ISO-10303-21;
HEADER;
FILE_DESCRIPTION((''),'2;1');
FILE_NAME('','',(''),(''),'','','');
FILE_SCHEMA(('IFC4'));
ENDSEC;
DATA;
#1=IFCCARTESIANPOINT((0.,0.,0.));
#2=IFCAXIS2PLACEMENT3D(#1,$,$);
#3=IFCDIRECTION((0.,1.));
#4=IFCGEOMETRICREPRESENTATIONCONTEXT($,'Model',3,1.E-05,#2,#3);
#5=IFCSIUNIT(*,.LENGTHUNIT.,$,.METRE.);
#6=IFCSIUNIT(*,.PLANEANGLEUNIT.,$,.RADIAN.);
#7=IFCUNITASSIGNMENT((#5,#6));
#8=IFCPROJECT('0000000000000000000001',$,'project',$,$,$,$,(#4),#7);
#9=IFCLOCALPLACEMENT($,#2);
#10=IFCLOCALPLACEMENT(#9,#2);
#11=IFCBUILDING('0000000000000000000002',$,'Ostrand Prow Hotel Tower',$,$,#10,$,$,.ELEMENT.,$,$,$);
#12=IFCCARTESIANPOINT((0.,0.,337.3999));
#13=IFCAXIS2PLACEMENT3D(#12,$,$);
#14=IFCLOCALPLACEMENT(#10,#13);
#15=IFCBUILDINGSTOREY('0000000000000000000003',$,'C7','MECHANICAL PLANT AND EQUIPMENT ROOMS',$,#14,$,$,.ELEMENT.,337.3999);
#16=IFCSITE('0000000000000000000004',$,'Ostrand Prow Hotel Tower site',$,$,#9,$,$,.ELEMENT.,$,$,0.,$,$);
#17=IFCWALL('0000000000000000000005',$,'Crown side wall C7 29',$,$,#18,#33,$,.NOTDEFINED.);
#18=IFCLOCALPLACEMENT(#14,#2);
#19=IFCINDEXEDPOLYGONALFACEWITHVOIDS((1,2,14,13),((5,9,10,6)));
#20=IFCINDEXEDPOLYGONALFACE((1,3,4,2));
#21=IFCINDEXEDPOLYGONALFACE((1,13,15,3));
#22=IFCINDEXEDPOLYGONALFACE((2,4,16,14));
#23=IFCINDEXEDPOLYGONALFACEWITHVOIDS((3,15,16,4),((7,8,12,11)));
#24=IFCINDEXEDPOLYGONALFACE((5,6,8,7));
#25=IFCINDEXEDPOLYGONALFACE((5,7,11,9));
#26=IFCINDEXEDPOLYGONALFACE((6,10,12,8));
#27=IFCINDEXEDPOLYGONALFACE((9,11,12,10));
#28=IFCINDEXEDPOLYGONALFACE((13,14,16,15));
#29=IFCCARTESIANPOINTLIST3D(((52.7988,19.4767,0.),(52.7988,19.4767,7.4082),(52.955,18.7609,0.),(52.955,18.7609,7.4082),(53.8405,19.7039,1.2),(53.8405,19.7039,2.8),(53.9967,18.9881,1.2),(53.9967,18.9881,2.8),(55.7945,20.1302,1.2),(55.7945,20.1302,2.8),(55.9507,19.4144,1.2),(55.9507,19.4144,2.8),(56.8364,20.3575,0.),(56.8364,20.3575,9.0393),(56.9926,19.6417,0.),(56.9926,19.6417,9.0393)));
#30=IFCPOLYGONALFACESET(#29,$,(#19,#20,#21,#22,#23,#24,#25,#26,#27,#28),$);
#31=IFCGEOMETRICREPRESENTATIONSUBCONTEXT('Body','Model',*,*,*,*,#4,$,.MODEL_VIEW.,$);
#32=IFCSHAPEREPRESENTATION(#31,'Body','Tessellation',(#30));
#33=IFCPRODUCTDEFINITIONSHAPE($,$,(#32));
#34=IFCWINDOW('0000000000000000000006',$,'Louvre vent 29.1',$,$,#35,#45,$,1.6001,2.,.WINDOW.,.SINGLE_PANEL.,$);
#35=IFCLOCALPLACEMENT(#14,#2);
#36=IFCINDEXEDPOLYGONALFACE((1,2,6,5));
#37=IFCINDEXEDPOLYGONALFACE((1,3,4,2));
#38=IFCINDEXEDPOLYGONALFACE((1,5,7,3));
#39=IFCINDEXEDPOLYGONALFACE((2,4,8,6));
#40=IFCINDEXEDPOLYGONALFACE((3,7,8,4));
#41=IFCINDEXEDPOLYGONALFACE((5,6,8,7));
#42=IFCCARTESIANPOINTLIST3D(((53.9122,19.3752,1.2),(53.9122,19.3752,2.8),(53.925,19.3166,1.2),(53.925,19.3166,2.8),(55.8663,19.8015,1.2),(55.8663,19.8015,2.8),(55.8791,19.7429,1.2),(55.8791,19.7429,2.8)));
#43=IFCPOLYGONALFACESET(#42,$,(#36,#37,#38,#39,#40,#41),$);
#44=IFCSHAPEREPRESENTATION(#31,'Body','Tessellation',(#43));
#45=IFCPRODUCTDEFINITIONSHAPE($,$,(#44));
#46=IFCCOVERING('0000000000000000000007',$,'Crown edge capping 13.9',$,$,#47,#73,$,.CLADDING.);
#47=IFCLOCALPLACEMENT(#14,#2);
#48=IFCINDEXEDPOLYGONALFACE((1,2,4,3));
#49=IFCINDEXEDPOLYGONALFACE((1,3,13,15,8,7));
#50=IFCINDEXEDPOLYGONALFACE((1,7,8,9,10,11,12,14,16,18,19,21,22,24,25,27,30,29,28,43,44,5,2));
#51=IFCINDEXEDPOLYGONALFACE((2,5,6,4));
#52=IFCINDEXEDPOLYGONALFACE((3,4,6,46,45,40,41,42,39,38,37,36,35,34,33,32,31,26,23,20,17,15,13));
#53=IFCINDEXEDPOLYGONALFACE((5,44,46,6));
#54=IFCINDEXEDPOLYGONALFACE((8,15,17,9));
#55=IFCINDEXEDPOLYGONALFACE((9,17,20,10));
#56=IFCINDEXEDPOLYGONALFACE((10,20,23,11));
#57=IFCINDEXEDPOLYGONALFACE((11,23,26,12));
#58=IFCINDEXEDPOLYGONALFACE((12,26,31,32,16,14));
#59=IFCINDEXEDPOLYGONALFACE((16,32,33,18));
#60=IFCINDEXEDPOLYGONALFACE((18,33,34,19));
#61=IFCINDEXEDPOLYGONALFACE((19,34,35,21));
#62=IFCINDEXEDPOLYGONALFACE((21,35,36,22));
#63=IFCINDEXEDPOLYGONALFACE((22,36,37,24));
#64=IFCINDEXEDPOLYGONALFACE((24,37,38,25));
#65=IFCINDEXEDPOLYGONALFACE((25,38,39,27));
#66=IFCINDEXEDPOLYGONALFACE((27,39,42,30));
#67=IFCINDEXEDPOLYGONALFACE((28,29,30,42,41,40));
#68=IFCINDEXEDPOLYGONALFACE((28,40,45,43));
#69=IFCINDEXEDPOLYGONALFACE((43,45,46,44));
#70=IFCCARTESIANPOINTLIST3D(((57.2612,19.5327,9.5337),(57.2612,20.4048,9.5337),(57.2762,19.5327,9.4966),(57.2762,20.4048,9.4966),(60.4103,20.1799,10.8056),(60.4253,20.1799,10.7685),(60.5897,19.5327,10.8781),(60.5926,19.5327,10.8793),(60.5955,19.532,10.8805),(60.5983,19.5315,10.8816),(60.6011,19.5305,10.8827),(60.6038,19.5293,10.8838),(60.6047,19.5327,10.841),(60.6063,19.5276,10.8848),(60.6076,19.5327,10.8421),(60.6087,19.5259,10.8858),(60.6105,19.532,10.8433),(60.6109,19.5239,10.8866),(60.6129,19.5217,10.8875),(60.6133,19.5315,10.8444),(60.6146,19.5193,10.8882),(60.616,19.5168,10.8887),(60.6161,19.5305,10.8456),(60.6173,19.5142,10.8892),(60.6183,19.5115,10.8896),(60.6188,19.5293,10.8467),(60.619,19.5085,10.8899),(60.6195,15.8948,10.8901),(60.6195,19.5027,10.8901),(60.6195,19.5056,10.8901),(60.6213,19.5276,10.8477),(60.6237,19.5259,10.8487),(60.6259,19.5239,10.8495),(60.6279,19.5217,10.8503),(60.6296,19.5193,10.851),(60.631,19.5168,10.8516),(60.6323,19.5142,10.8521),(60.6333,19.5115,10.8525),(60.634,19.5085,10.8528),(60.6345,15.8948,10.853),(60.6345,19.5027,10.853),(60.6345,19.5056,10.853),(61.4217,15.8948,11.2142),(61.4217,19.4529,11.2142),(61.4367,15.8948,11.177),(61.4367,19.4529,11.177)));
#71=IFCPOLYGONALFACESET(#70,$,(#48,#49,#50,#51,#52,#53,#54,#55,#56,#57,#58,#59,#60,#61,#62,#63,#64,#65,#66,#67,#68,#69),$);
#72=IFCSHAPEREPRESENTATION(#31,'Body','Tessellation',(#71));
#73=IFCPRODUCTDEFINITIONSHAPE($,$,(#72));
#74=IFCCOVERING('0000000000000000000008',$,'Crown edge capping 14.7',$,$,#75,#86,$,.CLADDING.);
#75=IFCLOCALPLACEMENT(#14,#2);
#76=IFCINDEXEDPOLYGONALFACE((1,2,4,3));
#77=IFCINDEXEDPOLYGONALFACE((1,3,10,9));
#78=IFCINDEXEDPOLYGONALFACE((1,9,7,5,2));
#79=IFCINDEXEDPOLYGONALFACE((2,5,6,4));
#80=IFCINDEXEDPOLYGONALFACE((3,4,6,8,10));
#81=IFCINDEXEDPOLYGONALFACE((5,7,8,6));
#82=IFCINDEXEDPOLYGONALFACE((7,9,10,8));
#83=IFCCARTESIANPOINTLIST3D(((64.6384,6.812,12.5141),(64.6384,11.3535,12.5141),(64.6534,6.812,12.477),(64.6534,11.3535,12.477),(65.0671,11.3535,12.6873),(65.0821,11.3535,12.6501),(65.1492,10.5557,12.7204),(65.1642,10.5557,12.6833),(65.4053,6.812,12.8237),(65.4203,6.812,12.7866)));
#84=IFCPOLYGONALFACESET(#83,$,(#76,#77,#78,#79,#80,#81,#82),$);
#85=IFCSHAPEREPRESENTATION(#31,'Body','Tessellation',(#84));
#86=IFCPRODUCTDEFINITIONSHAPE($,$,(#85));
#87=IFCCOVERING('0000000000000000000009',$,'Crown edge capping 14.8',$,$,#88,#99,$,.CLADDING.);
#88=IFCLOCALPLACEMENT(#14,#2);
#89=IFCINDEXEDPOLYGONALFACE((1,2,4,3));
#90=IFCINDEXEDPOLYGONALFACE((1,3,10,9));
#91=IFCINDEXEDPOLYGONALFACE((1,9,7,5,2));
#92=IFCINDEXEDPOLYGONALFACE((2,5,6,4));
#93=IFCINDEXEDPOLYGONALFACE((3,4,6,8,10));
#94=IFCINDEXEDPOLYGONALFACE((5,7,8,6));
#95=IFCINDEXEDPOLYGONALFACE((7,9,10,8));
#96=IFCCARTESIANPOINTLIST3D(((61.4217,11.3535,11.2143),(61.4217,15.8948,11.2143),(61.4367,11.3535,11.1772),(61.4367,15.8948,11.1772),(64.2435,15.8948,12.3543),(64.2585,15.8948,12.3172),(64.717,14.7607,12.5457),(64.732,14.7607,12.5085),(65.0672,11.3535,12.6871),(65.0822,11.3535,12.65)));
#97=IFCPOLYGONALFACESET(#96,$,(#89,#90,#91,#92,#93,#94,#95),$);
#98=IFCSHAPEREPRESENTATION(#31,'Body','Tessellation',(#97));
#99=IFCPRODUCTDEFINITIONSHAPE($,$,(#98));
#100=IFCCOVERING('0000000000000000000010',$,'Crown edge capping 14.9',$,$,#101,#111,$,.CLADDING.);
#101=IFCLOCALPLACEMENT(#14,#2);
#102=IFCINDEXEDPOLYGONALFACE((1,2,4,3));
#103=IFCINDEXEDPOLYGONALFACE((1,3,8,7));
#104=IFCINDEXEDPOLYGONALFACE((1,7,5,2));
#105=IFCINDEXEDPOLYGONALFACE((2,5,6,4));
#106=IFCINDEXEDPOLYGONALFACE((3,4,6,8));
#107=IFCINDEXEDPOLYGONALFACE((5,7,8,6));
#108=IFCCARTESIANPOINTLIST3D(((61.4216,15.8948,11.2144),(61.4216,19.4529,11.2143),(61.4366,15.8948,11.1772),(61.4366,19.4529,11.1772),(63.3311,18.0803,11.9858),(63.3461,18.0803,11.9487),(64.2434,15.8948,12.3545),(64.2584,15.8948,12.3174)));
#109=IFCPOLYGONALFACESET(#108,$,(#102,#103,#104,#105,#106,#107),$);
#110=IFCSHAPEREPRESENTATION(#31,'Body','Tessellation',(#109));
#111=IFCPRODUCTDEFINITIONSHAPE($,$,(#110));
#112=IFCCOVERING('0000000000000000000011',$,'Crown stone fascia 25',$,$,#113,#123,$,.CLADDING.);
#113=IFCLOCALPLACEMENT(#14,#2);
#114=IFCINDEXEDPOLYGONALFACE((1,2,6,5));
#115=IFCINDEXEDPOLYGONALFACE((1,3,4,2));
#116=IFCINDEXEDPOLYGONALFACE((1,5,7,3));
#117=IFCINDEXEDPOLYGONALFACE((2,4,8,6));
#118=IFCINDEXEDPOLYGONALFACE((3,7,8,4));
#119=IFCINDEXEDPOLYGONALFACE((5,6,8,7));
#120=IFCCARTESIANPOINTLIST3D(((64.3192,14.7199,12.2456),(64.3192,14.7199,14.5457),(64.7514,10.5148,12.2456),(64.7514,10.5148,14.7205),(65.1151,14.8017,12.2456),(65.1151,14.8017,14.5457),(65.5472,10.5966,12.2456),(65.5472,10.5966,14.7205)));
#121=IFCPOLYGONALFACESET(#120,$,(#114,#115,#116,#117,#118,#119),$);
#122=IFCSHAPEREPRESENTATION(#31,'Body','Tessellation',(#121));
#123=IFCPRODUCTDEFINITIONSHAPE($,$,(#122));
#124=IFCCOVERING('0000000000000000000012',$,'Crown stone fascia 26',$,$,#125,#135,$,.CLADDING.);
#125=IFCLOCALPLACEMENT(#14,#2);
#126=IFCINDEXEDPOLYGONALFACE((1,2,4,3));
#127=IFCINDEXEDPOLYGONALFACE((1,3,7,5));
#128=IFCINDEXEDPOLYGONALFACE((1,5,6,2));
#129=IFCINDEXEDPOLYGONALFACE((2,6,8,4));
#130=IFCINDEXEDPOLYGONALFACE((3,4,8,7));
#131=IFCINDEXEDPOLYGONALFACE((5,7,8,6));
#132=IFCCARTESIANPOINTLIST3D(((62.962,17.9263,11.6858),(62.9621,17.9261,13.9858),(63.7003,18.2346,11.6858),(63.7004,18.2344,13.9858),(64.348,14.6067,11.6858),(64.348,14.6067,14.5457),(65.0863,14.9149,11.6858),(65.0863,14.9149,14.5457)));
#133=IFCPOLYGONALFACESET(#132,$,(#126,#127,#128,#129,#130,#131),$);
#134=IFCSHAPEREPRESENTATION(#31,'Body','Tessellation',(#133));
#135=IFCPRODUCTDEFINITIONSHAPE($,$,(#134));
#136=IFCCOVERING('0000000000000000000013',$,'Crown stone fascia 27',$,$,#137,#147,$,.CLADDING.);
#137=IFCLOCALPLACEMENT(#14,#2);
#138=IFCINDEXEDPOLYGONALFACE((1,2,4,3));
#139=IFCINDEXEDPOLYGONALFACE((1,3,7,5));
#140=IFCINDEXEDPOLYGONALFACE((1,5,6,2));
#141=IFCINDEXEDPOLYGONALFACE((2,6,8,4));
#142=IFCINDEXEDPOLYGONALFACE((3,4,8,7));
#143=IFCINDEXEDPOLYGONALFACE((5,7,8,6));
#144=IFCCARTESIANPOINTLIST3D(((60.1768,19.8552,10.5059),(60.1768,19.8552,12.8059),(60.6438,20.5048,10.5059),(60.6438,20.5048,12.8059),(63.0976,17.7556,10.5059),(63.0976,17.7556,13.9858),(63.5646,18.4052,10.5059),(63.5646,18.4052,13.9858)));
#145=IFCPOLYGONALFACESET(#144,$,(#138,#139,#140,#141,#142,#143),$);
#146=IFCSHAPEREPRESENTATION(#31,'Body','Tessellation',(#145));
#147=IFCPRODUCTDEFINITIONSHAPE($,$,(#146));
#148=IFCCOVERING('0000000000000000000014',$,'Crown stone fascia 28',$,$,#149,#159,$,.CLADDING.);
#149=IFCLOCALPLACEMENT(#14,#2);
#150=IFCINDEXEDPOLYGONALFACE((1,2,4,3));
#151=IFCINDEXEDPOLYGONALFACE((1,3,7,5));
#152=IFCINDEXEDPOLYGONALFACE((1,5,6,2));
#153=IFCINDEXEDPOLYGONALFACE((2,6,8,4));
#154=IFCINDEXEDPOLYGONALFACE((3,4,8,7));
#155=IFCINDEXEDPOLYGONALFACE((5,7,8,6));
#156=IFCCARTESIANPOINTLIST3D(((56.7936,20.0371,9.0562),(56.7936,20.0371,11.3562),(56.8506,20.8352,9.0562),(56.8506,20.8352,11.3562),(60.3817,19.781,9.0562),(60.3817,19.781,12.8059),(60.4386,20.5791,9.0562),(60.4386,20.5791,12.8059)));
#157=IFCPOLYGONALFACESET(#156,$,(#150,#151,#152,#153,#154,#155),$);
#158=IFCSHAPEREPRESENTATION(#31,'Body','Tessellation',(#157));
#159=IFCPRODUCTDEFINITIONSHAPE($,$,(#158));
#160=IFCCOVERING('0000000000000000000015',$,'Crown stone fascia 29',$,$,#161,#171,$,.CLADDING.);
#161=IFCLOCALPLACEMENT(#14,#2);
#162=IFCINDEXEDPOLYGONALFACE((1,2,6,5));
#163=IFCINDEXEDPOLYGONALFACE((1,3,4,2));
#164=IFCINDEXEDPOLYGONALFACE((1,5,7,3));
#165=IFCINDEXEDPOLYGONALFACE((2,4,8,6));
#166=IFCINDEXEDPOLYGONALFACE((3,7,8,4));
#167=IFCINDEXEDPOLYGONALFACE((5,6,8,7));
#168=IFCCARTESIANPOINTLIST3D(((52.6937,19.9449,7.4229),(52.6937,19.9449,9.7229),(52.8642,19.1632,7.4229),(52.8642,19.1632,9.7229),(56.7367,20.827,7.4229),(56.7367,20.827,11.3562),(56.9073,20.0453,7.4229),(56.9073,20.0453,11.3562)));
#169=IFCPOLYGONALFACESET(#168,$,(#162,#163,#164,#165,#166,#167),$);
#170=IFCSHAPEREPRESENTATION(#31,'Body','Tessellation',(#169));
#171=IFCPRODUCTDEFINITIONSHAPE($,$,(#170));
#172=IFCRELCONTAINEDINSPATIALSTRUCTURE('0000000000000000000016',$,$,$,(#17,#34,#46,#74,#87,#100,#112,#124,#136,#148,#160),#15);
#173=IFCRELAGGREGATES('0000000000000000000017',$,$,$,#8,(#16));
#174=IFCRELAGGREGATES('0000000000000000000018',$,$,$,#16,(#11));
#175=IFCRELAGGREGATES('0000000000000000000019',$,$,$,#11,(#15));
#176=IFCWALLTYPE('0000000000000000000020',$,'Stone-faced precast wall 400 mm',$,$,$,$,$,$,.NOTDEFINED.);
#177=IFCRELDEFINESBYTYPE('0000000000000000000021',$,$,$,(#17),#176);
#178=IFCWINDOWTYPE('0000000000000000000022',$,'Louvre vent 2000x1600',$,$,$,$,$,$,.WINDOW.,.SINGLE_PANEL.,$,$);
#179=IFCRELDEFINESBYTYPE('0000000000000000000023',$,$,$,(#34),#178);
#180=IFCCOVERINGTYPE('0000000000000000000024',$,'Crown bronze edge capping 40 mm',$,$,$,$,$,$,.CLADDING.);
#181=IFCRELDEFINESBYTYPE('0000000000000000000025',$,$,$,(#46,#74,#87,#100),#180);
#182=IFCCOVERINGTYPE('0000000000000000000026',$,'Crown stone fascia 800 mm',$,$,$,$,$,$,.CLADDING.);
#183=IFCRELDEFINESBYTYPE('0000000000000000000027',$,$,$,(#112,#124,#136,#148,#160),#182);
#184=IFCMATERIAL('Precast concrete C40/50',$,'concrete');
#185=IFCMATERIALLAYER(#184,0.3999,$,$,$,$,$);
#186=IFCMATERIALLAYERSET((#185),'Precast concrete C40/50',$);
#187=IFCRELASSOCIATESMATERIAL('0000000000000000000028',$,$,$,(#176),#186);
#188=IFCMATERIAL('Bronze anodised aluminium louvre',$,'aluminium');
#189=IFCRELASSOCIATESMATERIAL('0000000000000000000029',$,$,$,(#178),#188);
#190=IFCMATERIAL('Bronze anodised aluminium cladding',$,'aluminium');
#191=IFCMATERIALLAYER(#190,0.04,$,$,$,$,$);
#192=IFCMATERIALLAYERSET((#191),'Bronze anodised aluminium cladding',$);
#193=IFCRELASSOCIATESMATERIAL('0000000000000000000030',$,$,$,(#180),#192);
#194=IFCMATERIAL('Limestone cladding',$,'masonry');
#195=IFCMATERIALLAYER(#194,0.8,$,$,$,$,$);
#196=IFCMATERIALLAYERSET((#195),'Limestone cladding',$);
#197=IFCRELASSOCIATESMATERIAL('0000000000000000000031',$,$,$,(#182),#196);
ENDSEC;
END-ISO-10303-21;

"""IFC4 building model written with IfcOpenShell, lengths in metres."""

from ifc_helpers import new_model, si_unit, direction, frame, frame_2d, origin, place, context, subcontext, project, spatial, polyline, rectangle, outline, extrude, material, layer, layer_set, type_object, element, fill, save


model = new_model("IFC4")

# Units and contexts
model_context = context("Model", 3, precision=1e-05, world=origin(), true_north=direction((0.0, 1.0)))
body_context = subcontext(model_context, "Body", "Model", "MODEL_VIEW")
ifc_project = project(units=[si_unit("LENGTHUNIT", "METRE"), si_unit("PLANEANGLEUNIT", "RADIAN")], contexts=[model_context])

# Site, building, storey
site_placement = place(None, origin())
site = spatial("IfcSite", under=ifc_project, at=site_placement, Name="Ostrand Prow Hotel Tower site", CompositionType="ELEMENT", RefElevation=0.0)
building_placement = place(site_placement, origin())
building = spatial("IfcBuilding", under=site, at=building_placement, Name="Ostrand Prow Hotel Tower", CompositionType="ELEMENT")
storey_placement = place(building_placement, frame((0.0, 0.0, 337.3999)))
storey = spatial("IfcBuildingStorey", under=building, at=storey_placement, Name="C7", Description="MECHANICAL PLANT AND EQUIPMENT ROOMS", CompositionType="ELEMENT", Elevation=337.3999)

# Shared definitions
ifc_material_1 = material(Name="Precast concrete C40/50", Category="concrete")
ifc_layer_1 = layer(ifc_material_1, 0.3999)
ifc_layer_set_1 = layer_set([ifc_layer_1], Name="Precast concrete C40/50")
wall_type_1 = type_object("IfcWallType", Name="Stone-faced precast wall 400 mm", PredefinedType="NOTDEFINED", material=ifc_layer_set_1)

# Wall, opening, window
wall_1_placement = place(storey_placement, frame((56.9146, 19.9995, 0.0), z_axis=(0.0, 0.0, 1.0), x_axis=(-0.977019, -0.213151, 0.0)))
wall_1 = element("IfcWall", 1, at=wall_1_placement, inside=storey, type_object=wall_type_1, Name="Crown side wall C7 29", PredefinedType="NOTDEFINED", context=body_context, shape_type="SweptSolid", body=[
    extrude(outline(polyline([(0.0, 0.0), (4.1326, 0.0), (4.1326, 7.4082), (0.0, 9.0393), (0.0, 0.0)])), frame((0.0, 0.3662, 0.0), z_axis=(0.0, -1.0, 0.0), x_axis=(1.0, 0.0, 0.0)), (0.0, 0.0, 1.0), 0.7327),
])
opening_placement = place(wall_1_placement, frame((1.0664, 0.0, 1.2)))
opening = element("IfcOpeningElement", 2, at=opening_placement, cuts=wall_1, PredefinedType="OPENING", context=body_context, shape_type="SweptSolid", body=[
    extrude(rectangle(XDim=2.0, YDim=1.6001, at=frame_2d((1.0, 0.8))), frame((0.0, 0.3762, 0.0), z_axis=(0.0, -1.0, 0.0), x_axis=(1.0, 0.0, 0.0)), (0.0, 0.0, 1.0), 0.7527),
])
ifc_material_2 = material(Name="Bronze anodised aluminium louvre", Category="aluminium")
window_type = type_object("IfcWindowType", Name="Louvre vent 2000x1600", PartitioningType="SINGLE_PANEL", PredefinedType="WINDOW", material=ifc_material_2)
window_placement = place(opening_placement, origin())
window = element("IfcWindow", 3, at=window_placement, inside=storey, type_object=window_type, Name="Louvre vent 29.1", OverallHeight=1.6001, OverallWidth=2.0, PartitioningType="SINGLE_PANEL", PredefinedType="WINDOW", context=body_context, shape_type="SweptSolid", body=[
    extrude(rectangle(XDim=2.0, YDim=1.6001, at=frame_2d((1.0, 0.8))), frame((0.0, 0.03, 0.0), z_axis=(0.0, -1.0, 0.0), x_axis=(1.0, 0.0, 0.0)), (0.0, 0.0, 1.0), 0.0601),
])
fill(opening, window)

# Coverings
ifc_material_3 = material(Name="Bronze anodised aluminium cladding", Category="aluminium")
ifc_layer_2 = layer(ifc_material_3, 0.04)
ifc_layer_set_2 = layer_set([ifc_layer_2], Name="Bronze anodised aluminium cladding")
covering_type_1 = type_object("IfcCoveringType", Name="Crown bronze edge capping 40 mm", PredefinedType="CLADDING", material=ifc_layer_set_2)
covering_1_placement = place(storey_placement, frame((57.2612, 20.4048, 9.5337), z_axis=(-0.374515, 0.000002, 0.927221), x_axis=(-0.000001, -1.0, 0.000002)))
element("IfcCovering", 4, at=covering_1_placement, inside=storey, type_object=covering_type_1, Name="Crown edge capping 13.9", PredefinedType="CLADDING", context=body_context, shape_type="SweptSolid", body=[
    extrude(outline(polyline([(0.0, 0.0), (0.8721, 0.0), (0.8721, 3.5898), (0.8721, 3.5928), (0.8728, 3.596), (0.8733, 3.599), (0.8743, 3.602), (0.8755, 3.605), (0.8772, 3.6076), (0.8789, 3.6102), (0.8809, 3.6126), (0.8831, 3.6147), (0.8855, 3.6166), (0.8879, 3.6181), (0.8906, 3.6194), (0.8933, 3.6205), (0.8962, 3.6213), (0.8992, 3.6219), (0.9021, 3.6219), (4.51, 3.6219), (4.51, 4.487), (0.9519, 4.487), (0.2249, 3.3962), (0.0, 0.0)])), origin(), (0.0, 0.0, -1.0), 0.04),
])
covering_2_placement = place(storey_placement, frame((65.0671, 11.3535, 12.6873), z_axis=(-0.37442, -0.000009, 0.927259), x_axis=(-0.927259, 0.0, -0.37442)))
element("IfcCovering", 5, at=covering_2_placement, inside=storey, type_object=covering_type_1, Name="Crown edge capping 14.7", PredefinedType="CLADDING", context=body_context, shape_type="SweptSolid", body=[
    extrude(outline(polyline([(0.0, 0.0), (0.4623, 0.0), (0.4623, 4.5415), (-0.3646, 4.5415), (-0.0885, 0.7979), (0.0, 0.0)])), origin(), (0.0, 0.0, -1.0), 0.04),
])
covering_3_placement = place(storey_placement, frame((64.717, 14.7607, 12.5457), z_axis=(-0.374594, -0.000001, 0.927189), x_axis=(-0.380759, 0.911789, -0.15383)))
element("IfcCovering", 6, at=covering_3_placement, inside=storey, type_object=covering_type_1, Name="Crown edge capping 14.8", PredefinedType="CLADDING", context=body_context, shape_type="SweptSolid", body=[
    extrude(outline(polyline([(0.0, 0.0), (1.2437, 0.0), (2.4935, 2.7749), (-1.6471, 4.6399), (-3.2618, 1.0549), (0.0, 0.0)])), origin(), (0.0, 0.0, -1.0), 0.04),
])
covering_4_placement = place(storey_placement, frame((63.3311, 18.0803, 11.9858), z_axis=(-0.374621, 0.000003, 0.927178), x_axis=(-0.771522, 0.554597, -0.311731)))
element("IfcCovering", 7, at=covering_4_placement, inside=storey, type_object=covering_type_1, Name="Crown edge capping 14.9", PredefinedType="CLADDING", context=body_context, shape_type="SweptSolid", body=[
    extrude(outline(polyline([(0.0, 0.0), (2.4749, 0.0), (0.5016, 2.9608), (-2.0309, 1.2729), (0.0, 0.0)])), origin(), (0.0, 0.0, -1.0), 0.04),
])
ifc_material_4 = material(Name="Limestone cladding", Category="masonry")
ifc_layer_3 = layer(ifc_material_4, 0.8)
ifc_layer_set_3 = layer_set([ifc_layer_3], Name="Limestone cladding")
covering_type_2 = type_object("IfcCoveringType", Name="Crown stone fascia 800 mm", PredefinedType="CLADDING", material=ifc_layer_set_3)
covering_5_placement = place(storey_placement, frame((65.1492, 10.5557, 12.2456), z_axis=(0.0, 0.0, 1.0), x_axis=(-0.102225, 0.994761, 0.0)))
element("IfcCovering", 8, at=covering_5_placement, inside=storey, type_object=covering_type_2, Name="Crown stone fascia 25", PredefinedType="CLADDING", context=body_context, shape_type="SweptSolid", body=[
    extrude(outline(polyline([(0.0, 0.0), (4.2273, 0.0), (4.2273, 2.3), (0.0, 2.4749), (0.0, 0.0)])), frame((0.0, 0.3999, 0.0), z_axis=(0.0, -1.0, 0.0), x_axis=(1.0, 0.0, 0.0)), (0.0, 0.0, 1.0), 0.8),
])
covering_6_placement = place(storey_placement, frame((64.717, 14.7607, 11.6858), z_axis=(0.0, 0.0, 1.0), x_axis=(-0.385285, 0.922798, 0.0)))
element("IfcCovering", 9, at=covering_6_placement, inside=storey, type_object=covering_type_2, Name="Crown stone fascia 26", PredefinedType="CLADDING", context=body_context, shape_type="SweptSolid", body=[
    extrude(outline(polyline([(0.0, 0.0), (3.5974, 0.0), (3.5972, 2.3), (0.0, 2.8599), (0.0, 0.0)])), frame((0.0, 0.3999, 0.0), z_axis=(0.0, -1.0, 0.0), x_axis=(1.0, 0.0, 0.0)), (0.0, 0.0, 1.0), 0.8),
])
covering_7_placement = place(storey_placement, frame((63.3311, 18.0803, 10.5059), z_axis=(0.0, 0.0, 1.0), x_axis=(-0.811987, 0.583675, 0.0)))
element("IfcCovering", 10, at=covering_7_placement, inside=storey, type_object=covering_type_2, Name="Crown stone fascia 27", PredefinedType="CLADDING", context=body_context, shape_type="SweptSolid", body=[
    extrude(outline(polyline([(0.0, 0.0), (3.5972, 0.0), (3.5972, 2.3), (0.0, 3.48), (0.0, 0.0)])), frame((0.0, 0.3999, 0.0), z_axis=(0.0, -1.0, 0.0), x_axis=(1.0, 0.0, 0.0)), (0.0, 0.0, 1.0), 0.8),
])
covering_8_placement = place(storey_placement, frame((60.4102, 20.1799, 9.0562), z_axis=(0.0, 0.0, 1.0), x_axis=(-0.997462, 0.071194, 0.0)))
element("IfcCovering", 11, at=covering_8_placement, inside=storey, type_object=covering_type_2, Name="Crown stone fascia 28", PredefinedType="CLADDING", context=body_context, shape_type="SweptSolid", body=[
    extrude(outline(polyline([(0.0, 0.0), (3.5972, 0.0), (3.5972, 2.3), (0.0, 3.7498), (0.0, 0.0)])), frame((0.0, 0.3999, 0.0), z_axis=(0.0, -1.0, 0.0), x_axis=(1.0, 0.0, 0.0)), (0.0, 0.0, 1.0), 0.8),
])
covering_9_placement = place(storey_placement, frame((56.822, 20.436, 7.4229), z_axis=(0.0, 0.0, 1.0), x_axis=(-0.977017, -0.213162, 0.0)))
element("IfcCovering", 12, at=covering_9_placement, inside=storey, type_object=covering_type_2, Name="Crown stone fascia 29", PredefinedType="CLADDING", context=body_context, shape_type="SweptSolid", body=[
    extrude(outline(polyline([(0.0, 0.0), (4.1382, 0.0), (4.1382, 2.3), (0.0, 3.9333), (0.0, 0.0)])), frame((0.0, 0.3999, 0.0), z_axis=(0.0, -1.0, 0.0), x_axis=(1.0, 0.0, 0.0)), (0.0, 0.0, 1.0), 0.8),
])

save(model, "model.ifc")
